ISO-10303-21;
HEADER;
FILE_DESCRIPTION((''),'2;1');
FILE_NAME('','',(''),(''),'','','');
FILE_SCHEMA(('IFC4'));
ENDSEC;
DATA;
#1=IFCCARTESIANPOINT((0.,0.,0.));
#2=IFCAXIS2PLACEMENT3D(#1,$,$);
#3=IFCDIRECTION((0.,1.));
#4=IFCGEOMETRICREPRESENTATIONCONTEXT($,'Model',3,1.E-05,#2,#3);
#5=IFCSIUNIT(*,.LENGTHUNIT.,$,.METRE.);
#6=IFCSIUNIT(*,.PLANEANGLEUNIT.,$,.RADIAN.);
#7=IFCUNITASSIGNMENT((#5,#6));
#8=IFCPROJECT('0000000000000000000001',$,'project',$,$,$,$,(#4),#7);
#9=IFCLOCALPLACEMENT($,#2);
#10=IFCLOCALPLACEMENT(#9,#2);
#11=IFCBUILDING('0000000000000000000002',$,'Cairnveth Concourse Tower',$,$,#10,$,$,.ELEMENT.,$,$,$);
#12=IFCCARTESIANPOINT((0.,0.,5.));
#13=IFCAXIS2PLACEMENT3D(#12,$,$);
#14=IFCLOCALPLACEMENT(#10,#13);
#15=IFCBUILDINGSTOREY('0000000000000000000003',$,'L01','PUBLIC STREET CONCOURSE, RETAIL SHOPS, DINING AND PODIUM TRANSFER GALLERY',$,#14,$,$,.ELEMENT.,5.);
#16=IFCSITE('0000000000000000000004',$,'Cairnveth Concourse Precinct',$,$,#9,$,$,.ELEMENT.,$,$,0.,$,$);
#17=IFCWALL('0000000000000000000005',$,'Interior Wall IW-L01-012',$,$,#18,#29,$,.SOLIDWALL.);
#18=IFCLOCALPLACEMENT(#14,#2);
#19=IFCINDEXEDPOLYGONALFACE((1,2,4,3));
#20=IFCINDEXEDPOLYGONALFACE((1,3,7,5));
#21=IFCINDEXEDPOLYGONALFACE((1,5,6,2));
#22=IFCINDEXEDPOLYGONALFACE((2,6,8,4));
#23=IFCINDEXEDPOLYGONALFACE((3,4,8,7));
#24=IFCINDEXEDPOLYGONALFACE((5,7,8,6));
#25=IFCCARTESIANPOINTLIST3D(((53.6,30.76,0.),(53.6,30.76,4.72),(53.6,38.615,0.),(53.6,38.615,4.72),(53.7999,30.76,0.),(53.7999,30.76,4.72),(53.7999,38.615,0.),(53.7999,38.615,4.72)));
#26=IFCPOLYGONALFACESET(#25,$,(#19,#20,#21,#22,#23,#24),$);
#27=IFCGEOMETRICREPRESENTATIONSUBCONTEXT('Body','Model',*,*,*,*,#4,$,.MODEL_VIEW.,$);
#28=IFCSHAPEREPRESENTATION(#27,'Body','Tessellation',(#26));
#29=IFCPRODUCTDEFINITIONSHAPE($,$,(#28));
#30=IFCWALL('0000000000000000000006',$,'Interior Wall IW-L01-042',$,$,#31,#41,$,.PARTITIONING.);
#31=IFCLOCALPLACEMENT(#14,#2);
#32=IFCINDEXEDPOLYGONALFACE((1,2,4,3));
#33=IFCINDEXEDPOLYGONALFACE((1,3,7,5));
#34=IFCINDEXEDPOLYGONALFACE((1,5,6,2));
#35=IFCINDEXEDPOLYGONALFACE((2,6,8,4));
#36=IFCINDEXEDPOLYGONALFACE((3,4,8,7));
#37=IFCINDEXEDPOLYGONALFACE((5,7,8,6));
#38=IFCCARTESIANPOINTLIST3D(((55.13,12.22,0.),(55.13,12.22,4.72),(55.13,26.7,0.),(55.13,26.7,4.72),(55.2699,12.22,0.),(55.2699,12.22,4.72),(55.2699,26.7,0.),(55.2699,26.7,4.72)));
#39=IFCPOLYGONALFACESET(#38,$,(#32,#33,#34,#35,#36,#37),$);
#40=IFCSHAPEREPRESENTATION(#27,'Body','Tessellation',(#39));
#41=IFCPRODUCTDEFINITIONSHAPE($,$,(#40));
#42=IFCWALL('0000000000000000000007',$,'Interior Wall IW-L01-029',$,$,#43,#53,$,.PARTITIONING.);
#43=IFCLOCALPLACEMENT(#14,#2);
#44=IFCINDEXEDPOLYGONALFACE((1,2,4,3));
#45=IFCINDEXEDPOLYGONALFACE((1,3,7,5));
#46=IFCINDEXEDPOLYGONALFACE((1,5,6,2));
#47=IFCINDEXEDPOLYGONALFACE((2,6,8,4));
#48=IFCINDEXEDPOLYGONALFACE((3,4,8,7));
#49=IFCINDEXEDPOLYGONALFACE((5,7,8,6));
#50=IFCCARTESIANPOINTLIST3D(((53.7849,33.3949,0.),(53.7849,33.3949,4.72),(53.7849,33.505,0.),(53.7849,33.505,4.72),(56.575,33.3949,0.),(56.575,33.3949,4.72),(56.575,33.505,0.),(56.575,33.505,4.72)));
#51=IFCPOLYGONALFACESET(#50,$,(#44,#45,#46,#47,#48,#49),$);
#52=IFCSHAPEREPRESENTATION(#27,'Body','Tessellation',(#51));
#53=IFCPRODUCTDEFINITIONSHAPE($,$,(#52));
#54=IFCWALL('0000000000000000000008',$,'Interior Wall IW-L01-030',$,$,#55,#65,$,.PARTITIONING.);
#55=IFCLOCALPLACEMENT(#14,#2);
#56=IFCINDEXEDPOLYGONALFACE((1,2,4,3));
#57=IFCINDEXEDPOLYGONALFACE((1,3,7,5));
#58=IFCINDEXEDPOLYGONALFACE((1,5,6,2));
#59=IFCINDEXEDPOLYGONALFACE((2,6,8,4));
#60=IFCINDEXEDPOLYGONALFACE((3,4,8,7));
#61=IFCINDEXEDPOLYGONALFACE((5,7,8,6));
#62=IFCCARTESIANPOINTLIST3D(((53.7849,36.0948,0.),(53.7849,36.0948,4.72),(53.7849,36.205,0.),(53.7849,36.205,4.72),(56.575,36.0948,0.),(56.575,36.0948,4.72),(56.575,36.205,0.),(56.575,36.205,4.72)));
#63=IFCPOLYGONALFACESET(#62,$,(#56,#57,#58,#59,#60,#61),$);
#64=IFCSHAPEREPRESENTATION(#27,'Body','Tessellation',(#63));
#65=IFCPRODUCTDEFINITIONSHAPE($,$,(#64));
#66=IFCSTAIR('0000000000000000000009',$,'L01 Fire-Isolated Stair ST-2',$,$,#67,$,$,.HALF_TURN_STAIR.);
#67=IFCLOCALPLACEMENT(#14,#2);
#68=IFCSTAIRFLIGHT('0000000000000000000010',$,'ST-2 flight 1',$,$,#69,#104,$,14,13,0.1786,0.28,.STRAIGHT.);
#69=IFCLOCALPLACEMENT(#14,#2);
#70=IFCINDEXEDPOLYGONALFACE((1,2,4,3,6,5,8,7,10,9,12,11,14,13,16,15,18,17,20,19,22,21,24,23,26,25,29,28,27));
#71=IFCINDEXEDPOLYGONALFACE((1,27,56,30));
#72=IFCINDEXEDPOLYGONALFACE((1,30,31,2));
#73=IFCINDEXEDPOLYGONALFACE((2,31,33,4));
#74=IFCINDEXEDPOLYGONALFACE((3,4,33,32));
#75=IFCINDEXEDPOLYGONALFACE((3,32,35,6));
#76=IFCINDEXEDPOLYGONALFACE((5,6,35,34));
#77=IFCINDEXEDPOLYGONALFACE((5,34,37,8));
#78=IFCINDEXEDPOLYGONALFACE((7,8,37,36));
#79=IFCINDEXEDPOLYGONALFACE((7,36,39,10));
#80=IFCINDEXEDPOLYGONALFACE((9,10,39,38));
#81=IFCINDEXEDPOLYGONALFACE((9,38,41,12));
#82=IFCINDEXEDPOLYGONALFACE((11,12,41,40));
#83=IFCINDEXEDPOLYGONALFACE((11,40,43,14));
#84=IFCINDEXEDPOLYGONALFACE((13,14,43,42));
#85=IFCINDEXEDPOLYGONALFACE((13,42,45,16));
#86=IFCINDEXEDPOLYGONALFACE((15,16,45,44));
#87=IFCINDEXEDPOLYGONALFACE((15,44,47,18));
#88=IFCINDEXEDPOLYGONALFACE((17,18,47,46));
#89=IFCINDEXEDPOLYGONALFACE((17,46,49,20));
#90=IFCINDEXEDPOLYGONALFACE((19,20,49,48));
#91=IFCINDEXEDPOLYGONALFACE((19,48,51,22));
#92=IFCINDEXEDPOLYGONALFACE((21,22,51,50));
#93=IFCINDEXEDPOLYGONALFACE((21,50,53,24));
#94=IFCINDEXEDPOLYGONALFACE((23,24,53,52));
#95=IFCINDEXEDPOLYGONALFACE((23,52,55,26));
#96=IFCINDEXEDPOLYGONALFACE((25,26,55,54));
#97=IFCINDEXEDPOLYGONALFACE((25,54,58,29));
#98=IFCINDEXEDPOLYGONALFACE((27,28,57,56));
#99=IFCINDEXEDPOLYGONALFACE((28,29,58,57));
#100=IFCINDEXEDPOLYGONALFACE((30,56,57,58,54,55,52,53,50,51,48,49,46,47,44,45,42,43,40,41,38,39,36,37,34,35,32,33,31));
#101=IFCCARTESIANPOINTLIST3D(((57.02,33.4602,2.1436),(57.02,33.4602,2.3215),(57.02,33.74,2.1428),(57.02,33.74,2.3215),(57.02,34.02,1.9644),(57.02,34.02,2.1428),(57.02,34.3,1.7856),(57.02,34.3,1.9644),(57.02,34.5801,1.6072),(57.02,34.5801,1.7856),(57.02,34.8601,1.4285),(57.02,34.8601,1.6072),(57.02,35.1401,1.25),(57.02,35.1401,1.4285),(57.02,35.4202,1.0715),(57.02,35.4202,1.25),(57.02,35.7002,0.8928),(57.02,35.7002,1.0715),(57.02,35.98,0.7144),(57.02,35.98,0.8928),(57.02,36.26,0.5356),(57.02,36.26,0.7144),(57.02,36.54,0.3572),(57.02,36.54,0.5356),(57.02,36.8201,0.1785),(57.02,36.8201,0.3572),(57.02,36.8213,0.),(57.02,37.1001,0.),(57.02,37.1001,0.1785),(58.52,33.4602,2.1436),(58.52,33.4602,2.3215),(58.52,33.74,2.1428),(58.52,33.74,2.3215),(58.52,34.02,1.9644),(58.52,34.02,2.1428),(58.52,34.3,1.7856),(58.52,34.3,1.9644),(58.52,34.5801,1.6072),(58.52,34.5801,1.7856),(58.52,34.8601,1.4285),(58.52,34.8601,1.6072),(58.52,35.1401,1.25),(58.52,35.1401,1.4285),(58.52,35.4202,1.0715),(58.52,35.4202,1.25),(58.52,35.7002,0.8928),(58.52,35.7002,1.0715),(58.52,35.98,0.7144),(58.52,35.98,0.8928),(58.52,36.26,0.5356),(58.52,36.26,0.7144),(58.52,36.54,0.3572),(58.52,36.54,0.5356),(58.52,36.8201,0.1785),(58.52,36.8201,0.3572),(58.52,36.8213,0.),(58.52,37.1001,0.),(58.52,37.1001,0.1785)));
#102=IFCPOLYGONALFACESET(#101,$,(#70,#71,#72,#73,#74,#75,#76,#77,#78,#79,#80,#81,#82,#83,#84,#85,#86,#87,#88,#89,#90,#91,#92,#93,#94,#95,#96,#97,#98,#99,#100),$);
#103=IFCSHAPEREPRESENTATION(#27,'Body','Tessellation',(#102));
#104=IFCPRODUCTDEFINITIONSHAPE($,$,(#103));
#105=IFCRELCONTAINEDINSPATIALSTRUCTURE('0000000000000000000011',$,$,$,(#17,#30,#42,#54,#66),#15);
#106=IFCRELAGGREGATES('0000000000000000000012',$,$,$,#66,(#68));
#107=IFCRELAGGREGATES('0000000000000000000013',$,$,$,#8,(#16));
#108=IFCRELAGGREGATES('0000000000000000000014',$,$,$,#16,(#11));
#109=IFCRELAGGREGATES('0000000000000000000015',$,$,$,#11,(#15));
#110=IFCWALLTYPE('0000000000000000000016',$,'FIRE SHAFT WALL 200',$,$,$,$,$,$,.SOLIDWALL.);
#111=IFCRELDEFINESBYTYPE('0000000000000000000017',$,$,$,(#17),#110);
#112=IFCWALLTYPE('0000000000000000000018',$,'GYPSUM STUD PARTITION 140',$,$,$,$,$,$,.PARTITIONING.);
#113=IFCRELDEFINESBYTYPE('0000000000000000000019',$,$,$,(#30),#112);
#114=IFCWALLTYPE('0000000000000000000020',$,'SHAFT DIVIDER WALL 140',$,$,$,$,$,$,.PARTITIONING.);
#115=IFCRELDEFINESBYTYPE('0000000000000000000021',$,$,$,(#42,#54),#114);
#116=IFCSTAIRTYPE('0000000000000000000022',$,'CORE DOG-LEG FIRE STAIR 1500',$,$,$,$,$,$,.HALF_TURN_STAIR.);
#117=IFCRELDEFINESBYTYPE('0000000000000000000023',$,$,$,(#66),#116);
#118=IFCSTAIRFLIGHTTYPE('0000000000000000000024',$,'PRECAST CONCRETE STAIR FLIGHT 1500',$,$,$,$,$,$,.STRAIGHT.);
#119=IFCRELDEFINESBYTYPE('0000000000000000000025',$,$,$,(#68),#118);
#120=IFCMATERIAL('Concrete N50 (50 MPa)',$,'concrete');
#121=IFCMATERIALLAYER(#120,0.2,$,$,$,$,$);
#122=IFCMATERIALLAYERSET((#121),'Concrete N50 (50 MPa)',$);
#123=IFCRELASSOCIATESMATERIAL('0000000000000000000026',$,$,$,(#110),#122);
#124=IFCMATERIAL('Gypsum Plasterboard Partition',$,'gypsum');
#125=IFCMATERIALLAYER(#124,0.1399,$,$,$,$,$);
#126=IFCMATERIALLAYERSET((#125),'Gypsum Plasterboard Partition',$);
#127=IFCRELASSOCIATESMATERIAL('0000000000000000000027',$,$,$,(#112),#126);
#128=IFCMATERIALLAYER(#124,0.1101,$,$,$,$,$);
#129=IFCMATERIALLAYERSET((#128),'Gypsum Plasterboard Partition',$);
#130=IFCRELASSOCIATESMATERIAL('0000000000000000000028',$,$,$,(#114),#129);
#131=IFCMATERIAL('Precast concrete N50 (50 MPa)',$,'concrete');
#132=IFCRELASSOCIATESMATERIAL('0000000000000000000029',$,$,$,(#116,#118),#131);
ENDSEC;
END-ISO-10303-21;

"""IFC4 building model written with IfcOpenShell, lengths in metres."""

from ifc_helpers import new_model, si_unit, direction, frame, frame_2d, origin, place, context, subcontext, project, spatial, polyline, rectangle, outline, extrude, material, layer, layer_set, type_object, element, aggregate, save


model = new_model("IFC4")

# Units and contexts
model_context = context("Model", 3, precision=1e-05, world=origin(), true_north=direction((0.0, 1.0)))
body_context = subcontext(model_context, "Body", "Model", "MODEL_VIEW")
ifc_project = project(units=[si_unit("LENGTHUNIT", "METRE"), si_unit("PLANEANGLEUNIT", "RADIAN")], contexts=[model_context])

# Site, building, storey
site_placement = place(None, origin())
site = spatial("IfcSite", under=ifc_project, at=site_placement, Name="Cairnveth Concourse Precinct", CompositionType="ELEMENT", RefElevation=0.0)
building_placement = place(site_placement, origin())
building = spatial("IfcBuilding", under=site, at=building_placement, Name="Cairnveth Concourse Tower", CompositionType="ELEMENT")
storey_placement = place(building_placement, frame((0.0, 0.0, 5.0)))
storey = spatial("IfcBuildingStorey", under=building, at=storey_placement, Name="L01", Description="PUBLIC STREET CONCOURSE, RETAIL SHOPS, DINING AND PODIUM TRANSFER GALLERY", CompositionType="ELEMENT", Elevation=5.0)

# Walls
ifc_material_1 = material(Name="Concrete N50 (50 MPa)", Category="concrete")
ifc_layer_1 = layer(ifc_material_1, 0.2)
ifc_layer_set_1 = layer_set([ifc_layer_1], Name="Concrete N50 (50 MPa)")
wall_type_1 = type_object("IfcWallType", Name="FIRE SHAFT WALL 200", PredefinedType="SOLIDWALL", material=ifc_layer_set_1)
wall_1_placement = place(storey_placement, frame((53.7, 30.76, 0.0), z_axis=(0.0, 0.0, 1.0), x_axis=(0.0, 1.0, 0.0)))
element("IfcWall", 1, at=wall_1_placement, inside=storey, type_object=wall_type_1, Name="Interior Wall IW-L01-012", PredefinedType="SOLIDWALL", context=body_context, shape_type="SweptSolid", body=[
    extrude(rectangle(XDim=7.855, YDim=0.2, at=frame_2d((3.9275, 0.0))), origin(), (0.0, 0.0, 1.0), 4.72),
])
ifc_material_2 = material(Name="Gypsum Plasterboard Partition", Category="gypsum")
ifc_layer_2 = layer(ifc_material_2, 0.1399)
ifc_layer_set_2 = layer_set([ifc_layer_2], Name="Gypsum Plasterboard Partition")
wall_type_2 = type_object("IfcWallType", Name="GYPSUM STUD PARTITION 140", PredefinedType="PARTITIONING", material=ifc_layer_set_2)
wall_2_placement = place(storey_placement, frame((55.2, 12.22, 0.0), z_axis=(0.0, 0.0, 1.0), x_axis=(0.0, 1.0, 0.0)))
element("IfcWall", 2, at=wall_2_placement, inside=storey, type_object=wall_type_2, Name="Interior Wall IW-L01-042", PredefinedType="PARTITIONING", context=body_context, shape_type="SweptSolid", body=[
    extrude(rectangle(XDim=14.48, YDim=0.1399, at=frame_2d((7.24, 0.0))), origin(), (0.0, 0.0, 1.0), 4.72),
])
ifc_layer_3 = layer(ifc_material_2, 0.1101)
ifc_layer_set_3 = layer_set([ifc_layer_3], Name="Gypsum Plasterboard Partition")
wall_type_3 = type_object("IfcWallType", Name="SHAFT DIVIDER WALL 140", PredefinedType="PARTITIONING", material=ifc_layer_set_3)
for number, where, z_axis, x_axis, name in (
    (3, (53.7849, 33.45, 0.0), (0.0, 0.0, 1.0), (1.0, 0.0, 0.0), "Interior Wall IW-L01-029"),
    (4, (53.7849, 36.1499, 0.0), (0.0, 0.0, 1.0), (1.0, 0.0, 0.0), "Interior Wall IW-L01-030"),
):
    element("IfcWall", number, at=place(storey_placement, frame(where, z_axis=z_axis, x_axis=x_axis)), inside=storey, type_object=wall_type_3, Name=name, PredefinedType="PARTITIONING", context=body_context, shape_type="SweptSolid", body=[
        extrude(rectangle(XDim=2.79, YDim=0.1101, at=frame_2d((1.395, 0.0))), origin(), (0.0, 0.0, 1.0), 4.72),
    ])

# Stair, stair flight
ifc_material_3 = material(Name="Precast concrete N50 (50 MPa)", Category="concrete")
stair_type = type_object("IfcStairType", Name="CORE DOG-LEG FIRE STAIR 1500", PredefinedType="HALF_TURN_STAIR", material=ifc_material_3)
stair_placement = place(storey_placement, origin())
stair = element("IfcStair", 5, at=stair_placement, inside=storey, type_object=stair_type, Name="L01 Fire-Isolated Stair ST-2", PredefinedType="HALF_TURN_STAIR")
stair_flight_type = type_object("IfcStairFlightType", Name="PRECAST CONCRETE STAIR FLIGHT 1500", PredefinedType="STRAIGHT", material=ifc_material_3)
stair_flight_placement = place(storey_placement, frame((57.77, 37.1001, 0.0), z_axis=(0.0, 0.0, 1.0), x_axis=(0.0, -1.0, 0.0)))
stair_flight = element("IfcStairFlight", 6, at=stair_flight_placement, type_object=stair_flight_type, Name="ST-2 flight 1", NumberOfRisers=14, NumberOfTreads=13, PredefinedType="STRAIGHT", RiserHeight=0.1786, TreadLength=0.28, context=body_context, shape_type="SweptSolid", body=[
    extrude(outline(polyline([(0.0, 0.0), (0.0, 0.1785), (0.28, 0.1785), (0.28, 0.3572), (0.5601, 0.3572), (0.5601, 0.5356), (0.8401, 0.5356), (0.8401, 0.7144), (1.1201, 0.7144), (1.1201, 0.8928), (1.3999, 0.8928), (1.3999, 1.0715), (1.6799, 1.0715), (1.6799, 1.25), (1.96, 1.25), (1.96, 1.4285), (2.24, 1.4285), (2.24, 1.6072), (2.52, 1.6072), (2.52, 1.7856), (2.8, 1.7856), (2.8, 1.9644), (3.0801, 1.9644), (3.0801, 2.1428), (3.3601, 2.1428), (3.3601, 2.3215), (3.6399, 2.3215), (3.6399, 2.5), (3.6399, 2.1436), (0.2788, 0.0), (0.0, 0.0)])), frame((0.0, 0.75, 0.0), z_axis=(0.0, -1.0, 0.0), x_axis=(1.0, 0.0, 0.0)), (0.0, 0.0, 1.0), 1.5),
])
aggregate(stair, [stair_flight])

save(model, "model.ifc")
